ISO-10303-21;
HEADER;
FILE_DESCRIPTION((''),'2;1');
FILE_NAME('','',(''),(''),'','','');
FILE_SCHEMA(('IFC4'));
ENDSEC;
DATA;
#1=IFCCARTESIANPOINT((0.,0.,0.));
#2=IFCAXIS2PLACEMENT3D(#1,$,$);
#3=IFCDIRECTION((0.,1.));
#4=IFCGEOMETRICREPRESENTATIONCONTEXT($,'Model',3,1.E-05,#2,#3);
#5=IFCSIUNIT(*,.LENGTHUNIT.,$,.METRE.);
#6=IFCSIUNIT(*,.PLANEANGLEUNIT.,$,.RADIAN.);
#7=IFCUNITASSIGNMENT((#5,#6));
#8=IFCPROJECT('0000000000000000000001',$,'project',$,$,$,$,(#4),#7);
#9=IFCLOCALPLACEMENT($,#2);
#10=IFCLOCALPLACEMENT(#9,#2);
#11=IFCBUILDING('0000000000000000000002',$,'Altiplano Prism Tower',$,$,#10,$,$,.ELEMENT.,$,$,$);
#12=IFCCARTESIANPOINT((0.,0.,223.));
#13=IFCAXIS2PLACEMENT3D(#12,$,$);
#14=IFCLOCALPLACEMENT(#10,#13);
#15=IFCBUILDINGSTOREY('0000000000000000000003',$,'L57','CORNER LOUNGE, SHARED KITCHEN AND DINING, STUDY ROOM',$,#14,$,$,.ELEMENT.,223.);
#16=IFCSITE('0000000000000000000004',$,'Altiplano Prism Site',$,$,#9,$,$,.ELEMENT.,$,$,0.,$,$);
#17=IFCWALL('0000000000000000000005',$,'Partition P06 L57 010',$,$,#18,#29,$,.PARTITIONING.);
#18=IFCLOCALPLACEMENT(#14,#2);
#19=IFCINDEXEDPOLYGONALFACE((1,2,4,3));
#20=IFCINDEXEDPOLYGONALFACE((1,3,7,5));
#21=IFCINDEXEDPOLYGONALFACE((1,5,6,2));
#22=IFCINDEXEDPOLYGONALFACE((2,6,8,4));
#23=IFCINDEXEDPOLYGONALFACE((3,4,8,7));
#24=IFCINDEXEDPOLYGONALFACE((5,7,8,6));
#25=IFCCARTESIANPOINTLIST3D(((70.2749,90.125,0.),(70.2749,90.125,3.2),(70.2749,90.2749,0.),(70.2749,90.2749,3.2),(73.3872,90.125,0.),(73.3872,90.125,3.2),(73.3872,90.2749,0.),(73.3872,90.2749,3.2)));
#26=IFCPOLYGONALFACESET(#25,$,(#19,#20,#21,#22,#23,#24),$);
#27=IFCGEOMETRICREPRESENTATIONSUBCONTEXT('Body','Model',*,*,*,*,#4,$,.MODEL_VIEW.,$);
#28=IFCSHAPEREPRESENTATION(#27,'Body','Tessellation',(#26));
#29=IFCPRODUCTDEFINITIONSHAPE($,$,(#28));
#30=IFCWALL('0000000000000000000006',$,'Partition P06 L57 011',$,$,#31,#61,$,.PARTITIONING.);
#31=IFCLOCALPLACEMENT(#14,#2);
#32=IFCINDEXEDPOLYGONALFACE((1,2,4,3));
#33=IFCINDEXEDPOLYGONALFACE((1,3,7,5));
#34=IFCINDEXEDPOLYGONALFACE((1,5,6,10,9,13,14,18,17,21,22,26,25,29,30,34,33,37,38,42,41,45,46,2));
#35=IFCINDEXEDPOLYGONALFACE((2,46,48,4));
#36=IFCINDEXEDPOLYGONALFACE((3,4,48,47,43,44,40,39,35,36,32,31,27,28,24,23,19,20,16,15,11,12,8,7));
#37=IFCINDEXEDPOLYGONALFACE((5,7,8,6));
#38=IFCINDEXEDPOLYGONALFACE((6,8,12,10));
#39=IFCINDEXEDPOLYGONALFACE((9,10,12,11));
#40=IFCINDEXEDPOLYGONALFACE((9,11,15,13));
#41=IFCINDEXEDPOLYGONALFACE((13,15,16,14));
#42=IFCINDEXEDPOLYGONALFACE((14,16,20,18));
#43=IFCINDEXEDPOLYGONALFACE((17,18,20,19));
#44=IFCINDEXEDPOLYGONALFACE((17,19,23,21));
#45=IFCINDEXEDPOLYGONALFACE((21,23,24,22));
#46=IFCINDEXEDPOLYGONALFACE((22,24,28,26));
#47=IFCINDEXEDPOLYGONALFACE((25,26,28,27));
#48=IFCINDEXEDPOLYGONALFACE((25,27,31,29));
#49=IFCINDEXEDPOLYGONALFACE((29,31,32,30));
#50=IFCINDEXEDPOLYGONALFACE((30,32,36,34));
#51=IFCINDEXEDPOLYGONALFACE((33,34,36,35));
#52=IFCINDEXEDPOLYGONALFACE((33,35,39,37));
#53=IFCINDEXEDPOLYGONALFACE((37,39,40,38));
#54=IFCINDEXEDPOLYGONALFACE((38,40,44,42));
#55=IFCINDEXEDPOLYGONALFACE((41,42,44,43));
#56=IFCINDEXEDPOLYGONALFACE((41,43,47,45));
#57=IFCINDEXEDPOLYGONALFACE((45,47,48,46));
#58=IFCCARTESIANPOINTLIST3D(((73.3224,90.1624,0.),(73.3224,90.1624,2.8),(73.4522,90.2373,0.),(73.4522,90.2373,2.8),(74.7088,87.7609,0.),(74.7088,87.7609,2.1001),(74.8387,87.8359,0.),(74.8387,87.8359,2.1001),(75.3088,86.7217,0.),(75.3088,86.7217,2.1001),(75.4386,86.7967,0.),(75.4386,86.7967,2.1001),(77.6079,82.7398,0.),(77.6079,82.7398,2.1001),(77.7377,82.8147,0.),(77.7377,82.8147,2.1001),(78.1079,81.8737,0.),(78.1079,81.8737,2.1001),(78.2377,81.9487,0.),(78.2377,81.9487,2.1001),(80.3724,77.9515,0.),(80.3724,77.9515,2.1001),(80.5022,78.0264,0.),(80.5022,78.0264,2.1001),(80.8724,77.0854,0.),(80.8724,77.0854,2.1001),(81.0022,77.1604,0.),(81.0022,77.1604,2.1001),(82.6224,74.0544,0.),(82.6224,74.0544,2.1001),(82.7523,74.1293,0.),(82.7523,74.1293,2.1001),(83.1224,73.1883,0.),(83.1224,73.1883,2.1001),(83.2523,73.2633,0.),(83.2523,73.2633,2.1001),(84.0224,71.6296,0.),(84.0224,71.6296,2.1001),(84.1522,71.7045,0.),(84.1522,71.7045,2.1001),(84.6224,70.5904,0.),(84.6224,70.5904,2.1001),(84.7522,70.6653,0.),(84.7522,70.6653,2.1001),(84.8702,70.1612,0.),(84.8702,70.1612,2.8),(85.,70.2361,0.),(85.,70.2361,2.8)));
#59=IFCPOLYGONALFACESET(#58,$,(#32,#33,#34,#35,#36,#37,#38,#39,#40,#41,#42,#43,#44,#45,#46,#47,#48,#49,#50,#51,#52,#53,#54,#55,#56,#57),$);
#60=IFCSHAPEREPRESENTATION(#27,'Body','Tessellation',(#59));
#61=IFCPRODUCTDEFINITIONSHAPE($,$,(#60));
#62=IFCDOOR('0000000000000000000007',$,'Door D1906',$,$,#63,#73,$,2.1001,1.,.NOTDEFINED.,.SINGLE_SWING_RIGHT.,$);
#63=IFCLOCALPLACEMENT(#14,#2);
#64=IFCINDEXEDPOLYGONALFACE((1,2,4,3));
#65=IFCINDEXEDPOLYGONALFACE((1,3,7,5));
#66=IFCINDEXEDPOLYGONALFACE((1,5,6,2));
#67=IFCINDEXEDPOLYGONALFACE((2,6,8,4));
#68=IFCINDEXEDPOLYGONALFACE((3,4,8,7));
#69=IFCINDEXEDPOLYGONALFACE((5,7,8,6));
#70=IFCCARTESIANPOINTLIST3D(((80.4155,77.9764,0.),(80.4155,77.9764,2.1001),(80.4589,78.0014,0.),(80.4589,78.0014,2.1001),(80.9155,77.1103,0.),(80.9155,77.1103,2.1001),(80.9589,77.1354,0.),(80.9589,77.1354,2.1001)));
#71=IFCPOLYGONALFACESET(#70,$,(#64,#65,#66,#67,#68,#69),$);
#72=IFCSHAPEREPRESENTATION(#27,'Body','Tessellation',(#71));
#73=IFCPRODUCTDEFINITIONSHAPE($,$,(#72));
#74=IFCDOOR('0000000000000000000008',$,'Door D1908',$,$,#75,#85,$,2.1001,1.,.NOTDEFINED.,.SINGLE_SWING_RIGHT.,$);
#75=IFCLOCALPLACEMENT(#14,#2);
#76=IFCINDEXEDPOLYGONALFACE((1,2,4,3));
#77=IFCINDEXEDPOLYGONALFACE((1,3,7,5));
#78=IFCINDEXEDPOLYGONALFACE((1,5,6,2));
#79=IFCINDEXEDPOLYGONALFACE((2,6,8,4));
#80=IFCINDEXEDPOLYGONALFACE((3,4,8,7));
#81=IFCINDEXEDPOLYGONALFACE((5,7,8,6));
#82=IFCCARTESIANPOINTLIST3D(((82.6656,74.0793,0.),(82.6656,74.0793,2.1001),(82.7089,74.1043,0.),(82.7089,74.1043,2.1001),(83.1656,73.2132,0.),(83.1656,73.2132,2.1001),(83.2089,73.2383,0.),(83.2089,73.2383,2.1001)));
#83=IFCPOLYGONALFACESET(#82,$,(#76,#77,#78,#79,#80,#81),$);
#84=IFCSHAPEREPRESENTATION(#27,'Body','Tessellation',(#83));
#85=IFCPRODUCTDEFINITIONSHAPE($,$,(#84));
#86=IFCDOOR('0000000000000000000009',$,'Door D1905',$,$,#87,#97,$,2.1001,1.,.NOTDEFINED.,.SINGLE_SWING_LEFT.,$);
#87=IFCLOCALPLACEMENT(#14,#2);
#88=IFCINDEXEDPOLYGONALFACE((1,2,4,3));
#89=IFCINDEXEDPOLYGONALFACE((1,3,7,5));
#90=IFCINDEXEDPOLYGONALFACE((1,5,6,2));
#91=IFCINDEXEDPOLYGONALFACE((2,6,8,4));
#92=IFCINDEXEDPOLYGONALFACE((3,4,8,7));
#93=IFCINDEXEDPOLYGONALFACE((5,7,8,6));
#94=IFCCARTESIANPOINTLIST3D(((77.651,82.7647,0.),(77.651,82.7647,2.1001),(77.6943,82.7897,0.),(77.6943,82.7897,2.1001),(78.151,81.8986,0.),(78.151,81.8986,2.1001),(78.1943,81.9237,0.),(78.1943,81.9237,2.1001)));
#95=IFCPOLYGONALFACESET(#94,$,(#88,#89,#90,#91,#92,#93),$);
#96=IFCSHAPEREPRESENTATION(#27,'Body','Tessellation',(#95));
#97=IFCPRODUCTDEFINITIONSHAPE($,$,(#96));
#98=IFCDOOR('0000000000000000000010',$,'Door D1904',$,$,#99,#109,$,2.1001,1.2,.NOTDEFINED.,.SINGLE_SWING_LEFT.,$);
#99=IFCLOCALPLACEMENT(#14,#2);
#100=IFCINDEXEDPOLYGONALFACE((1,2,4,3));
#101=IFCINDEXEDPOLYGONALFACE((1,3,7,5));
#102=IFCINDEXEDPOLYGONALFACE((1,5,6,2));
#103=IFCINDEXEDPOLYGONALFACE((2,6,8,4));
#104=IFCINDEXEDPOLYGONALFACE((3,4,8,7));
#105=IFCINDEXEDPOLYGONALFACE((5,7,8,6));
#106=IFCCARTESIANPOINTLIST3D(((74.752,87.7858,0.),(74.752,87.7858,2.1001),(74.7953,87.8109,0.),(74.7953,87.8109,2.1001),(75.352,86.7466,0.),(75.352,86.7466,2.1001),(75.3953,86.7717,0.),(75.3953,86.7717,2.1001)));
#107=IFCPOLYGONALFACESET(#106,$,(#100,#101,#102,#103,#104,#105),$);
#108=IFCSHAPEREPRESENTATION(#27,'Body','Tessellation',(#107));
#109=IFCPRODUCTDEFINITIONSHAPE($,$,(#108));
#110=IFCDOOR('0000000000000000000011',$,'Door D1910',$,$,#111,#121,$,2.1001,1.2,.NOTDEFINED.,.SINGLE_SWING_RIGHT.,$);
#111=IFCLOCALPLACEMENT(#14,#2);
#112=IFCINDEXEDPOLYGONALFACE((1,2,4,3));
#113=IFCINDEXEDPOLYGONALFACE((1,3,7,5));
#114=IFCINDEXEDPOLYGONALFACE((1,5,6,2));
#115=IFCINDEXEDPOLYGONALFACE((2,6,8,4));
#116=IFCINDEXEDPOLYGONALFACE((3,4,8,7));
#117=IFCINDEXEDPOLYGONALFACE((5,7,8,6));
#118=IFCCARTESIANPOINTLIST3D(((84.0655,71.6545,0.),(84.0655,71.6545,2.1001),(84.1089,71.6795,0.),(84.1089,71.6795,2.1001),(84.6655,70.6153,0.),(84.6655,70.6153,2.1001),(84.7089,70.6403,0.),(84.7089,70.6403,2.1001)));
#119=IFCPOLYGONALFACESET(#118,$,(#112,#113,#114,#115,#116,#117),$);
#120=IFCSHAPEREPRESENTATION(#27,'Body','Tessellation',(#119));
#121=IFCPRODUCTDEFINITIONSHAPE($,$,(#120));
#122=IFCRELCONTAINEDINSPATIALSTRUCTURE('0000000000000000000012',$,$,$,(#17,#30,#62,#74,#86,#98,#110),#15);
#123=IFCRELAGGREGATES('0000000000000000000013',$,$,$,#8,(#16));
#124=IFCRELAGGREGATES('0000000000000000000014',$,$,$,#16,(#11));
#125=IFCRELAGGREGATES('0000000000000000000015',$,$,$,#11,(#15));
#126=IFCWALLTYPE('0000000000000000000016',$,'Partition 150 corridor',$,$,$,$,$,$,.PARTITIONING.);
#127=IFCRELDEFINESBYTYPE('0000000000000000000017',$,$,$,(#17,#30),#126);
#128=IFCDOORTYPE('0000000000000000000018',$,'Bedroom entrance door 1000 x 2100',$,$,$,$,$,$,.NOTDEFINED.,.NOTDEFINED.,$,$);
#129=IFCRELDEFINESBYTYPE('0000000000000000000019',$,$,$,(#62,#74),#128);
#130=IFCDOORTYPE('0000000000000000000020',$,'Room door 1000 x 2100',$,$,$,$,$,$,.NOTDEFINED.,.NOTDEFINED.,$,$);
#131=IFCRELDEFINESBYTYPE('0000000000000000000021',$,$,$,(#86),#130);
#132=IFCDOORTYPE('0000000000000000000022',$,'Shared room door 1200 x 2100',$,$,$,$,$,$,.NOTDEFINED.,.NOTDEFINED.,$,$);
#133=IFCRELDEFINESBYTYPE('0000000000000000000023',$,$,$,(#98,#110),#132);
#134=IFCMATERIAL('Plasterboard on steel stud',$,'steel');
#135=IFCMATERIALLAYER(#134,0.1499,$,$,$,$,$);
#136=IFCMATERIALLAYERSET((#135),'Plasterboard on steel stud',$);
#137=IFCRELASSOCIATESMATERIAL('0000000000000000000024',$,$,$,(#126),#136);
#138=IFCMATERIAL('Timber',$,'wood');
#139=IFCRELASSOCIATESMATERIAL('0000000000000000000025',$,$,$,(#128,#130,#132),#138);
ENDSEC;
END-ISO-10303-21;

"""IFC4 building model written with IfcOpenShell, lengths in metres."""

from ifc_helpers import new_model, si_unit, direction, frame, frame_2d, origin, place, context, subcontext, project, spatial, rectangle, extrude, material, layer, layer_set, type_object, element, fill, save


model = new_model("IFC4")

# Units and contexts
model_context = context("Model", 3, precision=1e-05, world=origin(), true_north=direction((0.0, 1.0)))
body_context = subcontext(model_context, "Body", "Model", "MODEL_VIEW")
ifc_project = project(units=[si_unit("LENGTHUNIT", "METRE"), si_unit("PLANEANGLEUNIT", "RADIAN")], contexts=[model_context])

# Site, building, storey
site_placement = place(None, origin())
site = spatial("IfcSite", under=ifc_project, at=site_placement, Name="Altiplano Prism Site", CompositionType="ELEMENT", RefElevation=0.0)
building_placement = place(site_placement, origin())
building = spatial("IfcBuilding", under=site, at=building_placement, Name="Altiplano Prism Tower", CompositionType="ELEMENT")
storey_placement = place(building_placement, frame((0.0, 0.0, 223.0)))
storey = spatial("IfcBuildingStorey", under=building, at=storey_placement, Name="L57", Description="CORNER LOUNGE, SHARED KITCHEN AND DINING, STUDY ROOM", CompositionType="ELEMENT", Elevation=223.0)

# Wall
ifc_material_1 = material(Name="Plasterboard on steel stud", Category="steel")
ifc_layer_1 = layer(ifc_material_1, 0.1499)
ifc_layer_set_1 = layer_set([ifc_layer_1], Name="Plasterboard on steel stud")
wall_type_1 = type_object("IfcWallType", Name="Partition 150 corridor", PredefinedType="PARTITIONING", material=ifc_layer_set_1)
wall_1_placement = place(storey_placement, frame((70.2749, 90.2, 0.0), z_axis=(0.0, 0.0, 1.0), x_axis=(1.0, 0.0, 0.0)))
element("IfcWall", 1, at=wall_1_placement, inside=storey, type_object=wall_type_1, Name="Partition P06 L57 010", PredefinedType="PARTITIONING", context=body_context, shape_type="SweptSolid", body=[
    extrude(rectangle(XDim=3.1123, YDim=0.1499, at=frame_2d((1.5562, 0.0))), origin(), (0.0, 0.0, 1.0), 3.2),
])

# Wall, openings, doors
wall_2_placement = place(storey_placement, frame((73.3872, 90.2, 0.0), z_axis=(0.0, 0.0, 1.0), x_axis=(0.500005, -0.866023, 0.0)))
wall_2 = element("IfcWall", 2, at=wall_2_placement, inside=storey, type_object=wall_type_1, Name="Partition P06 L57 011", PredefinedType="PARTITIONING", context=body_context, shape_type="SweptSolid", body=[
    extrude(rectangle(XDim=23.0955, YDim=0.1499, at=frame_2d((11.5479, 0.0))), origin(), (0.0, 0.0, 1.0), 2.8),
])
opening_1_placement = place(wall_2_placement, frame((2.7729, 0.0, 0.0)))
opening_1 = element("IfcOpeningElement", 3, at=opening_1_placement, cuts=wall_2, PredefinedType="OPENING", context=body_context, shape_type="SweptSolid", body=[
    extrude(rectangle(XDim=1.2, YDim=2.1001, at=frame_2d((0.6001, 1.05))), frame((0.0, 0.0854, 0.0), z_axis=(0.0, -1.0, 0.0), x_axis=(1.0, 0.0, 0.0)), (0.0, 0.0, 1.0), 0.1709),
])
opening_2_placement = place(wall_2_placement, frame((8.571, 0.0, 0.0)))
opening_2 = element("IfcOpeningElement", 4, at=opening_2_placement, cuts=wall_2, PredefinedType="OPENING", context=body_context, shape_type="SweptSolid", body=[
    extrude(rectangle(XDim=1.0, YDim=2.1001, at=frame_2d((0.5, 1.05))), frame((0.0, 0.0854, 0.0), z_axis=(0.0, -1.0, 0.0), x_axis=(1.0, 0.0, 0.0)), (0.0, 0.0, 1.0), 0.1709),
])
opening_3_placement = place(wall_2_placement, frame((14.1001, 0.0, 0.0)))
opening_3 = element("IfcOpeningElement", 5, at=opening_3_placement, cuts=wall_2, PredefinedType="OPENING", context=body_context, shape_type="SweptSolid", body=[
    extrude(rectangle(XDim=1.0, YDim=2.1001, at=frame_2d((0.5, 1.05))), frame((0.0, 0.0854, 0.0), z_axis=(0.0, -1.0, 0.0), x_axis=(1.0, 0.0, 0.0)), (0.0, 0.0, 1.0), 0.1709),
])
opening_4_placement = place(wall_2_placement, frame((18.6001, 0.0, 0.0)))
opening_4 = element("IfcOpeningElement", 6, at=opening_4_placement, cuts=wall_2, PredefinedType="OPENING", context=body_context, shape_type="SweptSolid", body=[
    extrude(rectangle(XDim=1.0, YDim=2.1001, at=frame_2d((0.5, 1.05))), frame((0.0, 0.0854, 0.0), z_axis=(0.0, -1.0, 0.0), x_axis=(1.0, 0.0, 0.0)), (0.0, 0.0, 1.0), 0.1709),
])
opening_5_placement = place(wall_2_placement, frame((21.3999, 0.0, 0.0)))
opening_5 = element("IfcOpeningElement", 7, at=opening_5_placement, cuts=wall_2, PredefinedType="OPENING", context=body_context, shape_type="SweptSolid", body=[
    extrude(rectangle(XDim=1.2, YDim=2.1001, at=frame_2d((0.6001, 1.05))), frame((0.0, 0.0854, 0.0), z_axis=(0.0, -1.0, 0.0), x_axis=(1.0, 0.0, 0.0)), (0.0, 0.0, 1.0), 0.1709),
])
ifc_material_2 = material(Name="Timber", Category="wood")
door_type_1 = type_object("IfcDoorType", Name="Bedroom entrance door 1000 x 2100", OperationType="NOTDEFINED", PredefinedType="NOTDEFINED", material=ifc_material_2)
door_1_placement = place(opening_3_placement, origin())
door_1 = element("IfcDoor", 8, at=door_1_placement, inside=storey, type_object=door_type_1, Name="Door D1906", OperationType="SINGLE_SWING_RIGHT", OverallHeight=2.1001, OverallWidth=1.0, PredefinedType="NOTDEFINED", context=body_context, shape_type="SweptSolid", body=[
    extrude(rectangle(XDim=1.0, YDim=2.1001, at=frame_2d((0.5, 1.05))), frame((0.0, 0.0249, 0.0), z_axis=(0.0, -1.0, 0.0), x_axis=(1.0, 0.0, 0.0)), (0.0, 0.0, 1.0), 0.05),
])
fill(opening_3, door_1)
door_2_placement = place(opening_4_placement, origin())
door_2 = element("IfcDoor", 9, at=door_2_placement, inside=storey, type_object=door_type_1, Name="Door D1908", OperationType="SINGLE_SWING_RIGHT", OverallHeight=2.1001, OverallWidth=1.0, PredefinedType="NOTDEFINED", context=body_context, shape_type="SweptSolid", body=[
    extrude(rectangle(XDim=1.0, YDim=2.1001, at=frame_2d((0.5, 1.05))), frame((0.0, 0.0249, 0.0), z_axis=(0.0, -1.0, 0.0), x_axis=(1.0, 0.0, 0.0)), (0.0, 0.0, 1.0), 0.05),
])
fill(opening_4, door_2)
door_type_2 = type_object("IfcDoorType", Name="Room door 1000 x 2100", OperationType="NOTDEFINED", PredefinedType="NOTDEFINED", material=ifc_material_2)
door_3_placement = place(opening_2_placement, origin())
door_3 = element("IfcDoor", 10, at=door_3_placement, inside=storey, type_object=door_type_2, Name="Door D1905", OperationType="SINGLE_SWING_LEFT", OverallHeight=2.1001, OverallWidth=1.0, PredefinedType="NOTDEFINED", context=body_context, shape_type="SweptSolid", body=[
    extrude(rectangle(XDim=1.0, YDim=2.1001, at=frame_2d((0.5, 1.05))), frame((0.0, 0.0249, 0.0), z_axis=(0.0, -1.0, 0.0), x_axis=(1.0, 0.0, 0.0)), (0.0, 0.0, 1.0), 0.05),
])
fill(opening_2, door_3)
door_type_3 = type_object("IfcDoorType", Name="Shared room door 1200 x 2100", OperationType="NOTDEFINED", PredefinedType="NOTDEFINED", material=ifc_material_2)
door_4_placement = place(opening_1_placement, origin())
door_4 = element("IfcDoor", 11, at=door_4_placement, inside=storey, type_object=door_type_3, Name="Door D1904", OperationType="SINGLE_SWING_LEFT", OverallHeight=2.1001, OverallWidth=1.2, PredefinedType="NOTDEFINED", context=body_context, shape_type="SweptSolid", body=[
    extrude(rectangle(XDim=1.2, YDim=2.1001, at=frame_2d((0.6001, 1.05))), frame((0.0, 0.0249, 0.0), z_axis=(0.0, -1.0, 0.0), x_axis=(1.0, 0.0, 0.0)), (0.0, 0.0, 1.0), 0.05),
])
fill(opening_1, door_4)
door_5_placement = place(opening_5_placement, origin())
door_5 = element("IfcDoor", 12, at=door_5_placement, inside=storey, type_object=door_type_3, Name="Door D1910", OperationType="SINGLE_SWING_RIGHT", OverallHeight=2.1001, OverallWidth=1.2, PredefinedType="NOTDEFINED", context=body_context, shape_type="SweptSolid", body=[
    extrude(rectangle(XDim=1.2, YDim=2.1001, at=frame_2d((0.6001, 1.05))), frame((0.0, 0.0249, 0.0), z_axis=(0.0, -1.0, 0.0), x_axis=(1.0, 0.0, 0.0)), (0.0, 0.0, 1.0), 0.05),
])
fill(opening_5, door_5)

save(model, "model.ifc")
